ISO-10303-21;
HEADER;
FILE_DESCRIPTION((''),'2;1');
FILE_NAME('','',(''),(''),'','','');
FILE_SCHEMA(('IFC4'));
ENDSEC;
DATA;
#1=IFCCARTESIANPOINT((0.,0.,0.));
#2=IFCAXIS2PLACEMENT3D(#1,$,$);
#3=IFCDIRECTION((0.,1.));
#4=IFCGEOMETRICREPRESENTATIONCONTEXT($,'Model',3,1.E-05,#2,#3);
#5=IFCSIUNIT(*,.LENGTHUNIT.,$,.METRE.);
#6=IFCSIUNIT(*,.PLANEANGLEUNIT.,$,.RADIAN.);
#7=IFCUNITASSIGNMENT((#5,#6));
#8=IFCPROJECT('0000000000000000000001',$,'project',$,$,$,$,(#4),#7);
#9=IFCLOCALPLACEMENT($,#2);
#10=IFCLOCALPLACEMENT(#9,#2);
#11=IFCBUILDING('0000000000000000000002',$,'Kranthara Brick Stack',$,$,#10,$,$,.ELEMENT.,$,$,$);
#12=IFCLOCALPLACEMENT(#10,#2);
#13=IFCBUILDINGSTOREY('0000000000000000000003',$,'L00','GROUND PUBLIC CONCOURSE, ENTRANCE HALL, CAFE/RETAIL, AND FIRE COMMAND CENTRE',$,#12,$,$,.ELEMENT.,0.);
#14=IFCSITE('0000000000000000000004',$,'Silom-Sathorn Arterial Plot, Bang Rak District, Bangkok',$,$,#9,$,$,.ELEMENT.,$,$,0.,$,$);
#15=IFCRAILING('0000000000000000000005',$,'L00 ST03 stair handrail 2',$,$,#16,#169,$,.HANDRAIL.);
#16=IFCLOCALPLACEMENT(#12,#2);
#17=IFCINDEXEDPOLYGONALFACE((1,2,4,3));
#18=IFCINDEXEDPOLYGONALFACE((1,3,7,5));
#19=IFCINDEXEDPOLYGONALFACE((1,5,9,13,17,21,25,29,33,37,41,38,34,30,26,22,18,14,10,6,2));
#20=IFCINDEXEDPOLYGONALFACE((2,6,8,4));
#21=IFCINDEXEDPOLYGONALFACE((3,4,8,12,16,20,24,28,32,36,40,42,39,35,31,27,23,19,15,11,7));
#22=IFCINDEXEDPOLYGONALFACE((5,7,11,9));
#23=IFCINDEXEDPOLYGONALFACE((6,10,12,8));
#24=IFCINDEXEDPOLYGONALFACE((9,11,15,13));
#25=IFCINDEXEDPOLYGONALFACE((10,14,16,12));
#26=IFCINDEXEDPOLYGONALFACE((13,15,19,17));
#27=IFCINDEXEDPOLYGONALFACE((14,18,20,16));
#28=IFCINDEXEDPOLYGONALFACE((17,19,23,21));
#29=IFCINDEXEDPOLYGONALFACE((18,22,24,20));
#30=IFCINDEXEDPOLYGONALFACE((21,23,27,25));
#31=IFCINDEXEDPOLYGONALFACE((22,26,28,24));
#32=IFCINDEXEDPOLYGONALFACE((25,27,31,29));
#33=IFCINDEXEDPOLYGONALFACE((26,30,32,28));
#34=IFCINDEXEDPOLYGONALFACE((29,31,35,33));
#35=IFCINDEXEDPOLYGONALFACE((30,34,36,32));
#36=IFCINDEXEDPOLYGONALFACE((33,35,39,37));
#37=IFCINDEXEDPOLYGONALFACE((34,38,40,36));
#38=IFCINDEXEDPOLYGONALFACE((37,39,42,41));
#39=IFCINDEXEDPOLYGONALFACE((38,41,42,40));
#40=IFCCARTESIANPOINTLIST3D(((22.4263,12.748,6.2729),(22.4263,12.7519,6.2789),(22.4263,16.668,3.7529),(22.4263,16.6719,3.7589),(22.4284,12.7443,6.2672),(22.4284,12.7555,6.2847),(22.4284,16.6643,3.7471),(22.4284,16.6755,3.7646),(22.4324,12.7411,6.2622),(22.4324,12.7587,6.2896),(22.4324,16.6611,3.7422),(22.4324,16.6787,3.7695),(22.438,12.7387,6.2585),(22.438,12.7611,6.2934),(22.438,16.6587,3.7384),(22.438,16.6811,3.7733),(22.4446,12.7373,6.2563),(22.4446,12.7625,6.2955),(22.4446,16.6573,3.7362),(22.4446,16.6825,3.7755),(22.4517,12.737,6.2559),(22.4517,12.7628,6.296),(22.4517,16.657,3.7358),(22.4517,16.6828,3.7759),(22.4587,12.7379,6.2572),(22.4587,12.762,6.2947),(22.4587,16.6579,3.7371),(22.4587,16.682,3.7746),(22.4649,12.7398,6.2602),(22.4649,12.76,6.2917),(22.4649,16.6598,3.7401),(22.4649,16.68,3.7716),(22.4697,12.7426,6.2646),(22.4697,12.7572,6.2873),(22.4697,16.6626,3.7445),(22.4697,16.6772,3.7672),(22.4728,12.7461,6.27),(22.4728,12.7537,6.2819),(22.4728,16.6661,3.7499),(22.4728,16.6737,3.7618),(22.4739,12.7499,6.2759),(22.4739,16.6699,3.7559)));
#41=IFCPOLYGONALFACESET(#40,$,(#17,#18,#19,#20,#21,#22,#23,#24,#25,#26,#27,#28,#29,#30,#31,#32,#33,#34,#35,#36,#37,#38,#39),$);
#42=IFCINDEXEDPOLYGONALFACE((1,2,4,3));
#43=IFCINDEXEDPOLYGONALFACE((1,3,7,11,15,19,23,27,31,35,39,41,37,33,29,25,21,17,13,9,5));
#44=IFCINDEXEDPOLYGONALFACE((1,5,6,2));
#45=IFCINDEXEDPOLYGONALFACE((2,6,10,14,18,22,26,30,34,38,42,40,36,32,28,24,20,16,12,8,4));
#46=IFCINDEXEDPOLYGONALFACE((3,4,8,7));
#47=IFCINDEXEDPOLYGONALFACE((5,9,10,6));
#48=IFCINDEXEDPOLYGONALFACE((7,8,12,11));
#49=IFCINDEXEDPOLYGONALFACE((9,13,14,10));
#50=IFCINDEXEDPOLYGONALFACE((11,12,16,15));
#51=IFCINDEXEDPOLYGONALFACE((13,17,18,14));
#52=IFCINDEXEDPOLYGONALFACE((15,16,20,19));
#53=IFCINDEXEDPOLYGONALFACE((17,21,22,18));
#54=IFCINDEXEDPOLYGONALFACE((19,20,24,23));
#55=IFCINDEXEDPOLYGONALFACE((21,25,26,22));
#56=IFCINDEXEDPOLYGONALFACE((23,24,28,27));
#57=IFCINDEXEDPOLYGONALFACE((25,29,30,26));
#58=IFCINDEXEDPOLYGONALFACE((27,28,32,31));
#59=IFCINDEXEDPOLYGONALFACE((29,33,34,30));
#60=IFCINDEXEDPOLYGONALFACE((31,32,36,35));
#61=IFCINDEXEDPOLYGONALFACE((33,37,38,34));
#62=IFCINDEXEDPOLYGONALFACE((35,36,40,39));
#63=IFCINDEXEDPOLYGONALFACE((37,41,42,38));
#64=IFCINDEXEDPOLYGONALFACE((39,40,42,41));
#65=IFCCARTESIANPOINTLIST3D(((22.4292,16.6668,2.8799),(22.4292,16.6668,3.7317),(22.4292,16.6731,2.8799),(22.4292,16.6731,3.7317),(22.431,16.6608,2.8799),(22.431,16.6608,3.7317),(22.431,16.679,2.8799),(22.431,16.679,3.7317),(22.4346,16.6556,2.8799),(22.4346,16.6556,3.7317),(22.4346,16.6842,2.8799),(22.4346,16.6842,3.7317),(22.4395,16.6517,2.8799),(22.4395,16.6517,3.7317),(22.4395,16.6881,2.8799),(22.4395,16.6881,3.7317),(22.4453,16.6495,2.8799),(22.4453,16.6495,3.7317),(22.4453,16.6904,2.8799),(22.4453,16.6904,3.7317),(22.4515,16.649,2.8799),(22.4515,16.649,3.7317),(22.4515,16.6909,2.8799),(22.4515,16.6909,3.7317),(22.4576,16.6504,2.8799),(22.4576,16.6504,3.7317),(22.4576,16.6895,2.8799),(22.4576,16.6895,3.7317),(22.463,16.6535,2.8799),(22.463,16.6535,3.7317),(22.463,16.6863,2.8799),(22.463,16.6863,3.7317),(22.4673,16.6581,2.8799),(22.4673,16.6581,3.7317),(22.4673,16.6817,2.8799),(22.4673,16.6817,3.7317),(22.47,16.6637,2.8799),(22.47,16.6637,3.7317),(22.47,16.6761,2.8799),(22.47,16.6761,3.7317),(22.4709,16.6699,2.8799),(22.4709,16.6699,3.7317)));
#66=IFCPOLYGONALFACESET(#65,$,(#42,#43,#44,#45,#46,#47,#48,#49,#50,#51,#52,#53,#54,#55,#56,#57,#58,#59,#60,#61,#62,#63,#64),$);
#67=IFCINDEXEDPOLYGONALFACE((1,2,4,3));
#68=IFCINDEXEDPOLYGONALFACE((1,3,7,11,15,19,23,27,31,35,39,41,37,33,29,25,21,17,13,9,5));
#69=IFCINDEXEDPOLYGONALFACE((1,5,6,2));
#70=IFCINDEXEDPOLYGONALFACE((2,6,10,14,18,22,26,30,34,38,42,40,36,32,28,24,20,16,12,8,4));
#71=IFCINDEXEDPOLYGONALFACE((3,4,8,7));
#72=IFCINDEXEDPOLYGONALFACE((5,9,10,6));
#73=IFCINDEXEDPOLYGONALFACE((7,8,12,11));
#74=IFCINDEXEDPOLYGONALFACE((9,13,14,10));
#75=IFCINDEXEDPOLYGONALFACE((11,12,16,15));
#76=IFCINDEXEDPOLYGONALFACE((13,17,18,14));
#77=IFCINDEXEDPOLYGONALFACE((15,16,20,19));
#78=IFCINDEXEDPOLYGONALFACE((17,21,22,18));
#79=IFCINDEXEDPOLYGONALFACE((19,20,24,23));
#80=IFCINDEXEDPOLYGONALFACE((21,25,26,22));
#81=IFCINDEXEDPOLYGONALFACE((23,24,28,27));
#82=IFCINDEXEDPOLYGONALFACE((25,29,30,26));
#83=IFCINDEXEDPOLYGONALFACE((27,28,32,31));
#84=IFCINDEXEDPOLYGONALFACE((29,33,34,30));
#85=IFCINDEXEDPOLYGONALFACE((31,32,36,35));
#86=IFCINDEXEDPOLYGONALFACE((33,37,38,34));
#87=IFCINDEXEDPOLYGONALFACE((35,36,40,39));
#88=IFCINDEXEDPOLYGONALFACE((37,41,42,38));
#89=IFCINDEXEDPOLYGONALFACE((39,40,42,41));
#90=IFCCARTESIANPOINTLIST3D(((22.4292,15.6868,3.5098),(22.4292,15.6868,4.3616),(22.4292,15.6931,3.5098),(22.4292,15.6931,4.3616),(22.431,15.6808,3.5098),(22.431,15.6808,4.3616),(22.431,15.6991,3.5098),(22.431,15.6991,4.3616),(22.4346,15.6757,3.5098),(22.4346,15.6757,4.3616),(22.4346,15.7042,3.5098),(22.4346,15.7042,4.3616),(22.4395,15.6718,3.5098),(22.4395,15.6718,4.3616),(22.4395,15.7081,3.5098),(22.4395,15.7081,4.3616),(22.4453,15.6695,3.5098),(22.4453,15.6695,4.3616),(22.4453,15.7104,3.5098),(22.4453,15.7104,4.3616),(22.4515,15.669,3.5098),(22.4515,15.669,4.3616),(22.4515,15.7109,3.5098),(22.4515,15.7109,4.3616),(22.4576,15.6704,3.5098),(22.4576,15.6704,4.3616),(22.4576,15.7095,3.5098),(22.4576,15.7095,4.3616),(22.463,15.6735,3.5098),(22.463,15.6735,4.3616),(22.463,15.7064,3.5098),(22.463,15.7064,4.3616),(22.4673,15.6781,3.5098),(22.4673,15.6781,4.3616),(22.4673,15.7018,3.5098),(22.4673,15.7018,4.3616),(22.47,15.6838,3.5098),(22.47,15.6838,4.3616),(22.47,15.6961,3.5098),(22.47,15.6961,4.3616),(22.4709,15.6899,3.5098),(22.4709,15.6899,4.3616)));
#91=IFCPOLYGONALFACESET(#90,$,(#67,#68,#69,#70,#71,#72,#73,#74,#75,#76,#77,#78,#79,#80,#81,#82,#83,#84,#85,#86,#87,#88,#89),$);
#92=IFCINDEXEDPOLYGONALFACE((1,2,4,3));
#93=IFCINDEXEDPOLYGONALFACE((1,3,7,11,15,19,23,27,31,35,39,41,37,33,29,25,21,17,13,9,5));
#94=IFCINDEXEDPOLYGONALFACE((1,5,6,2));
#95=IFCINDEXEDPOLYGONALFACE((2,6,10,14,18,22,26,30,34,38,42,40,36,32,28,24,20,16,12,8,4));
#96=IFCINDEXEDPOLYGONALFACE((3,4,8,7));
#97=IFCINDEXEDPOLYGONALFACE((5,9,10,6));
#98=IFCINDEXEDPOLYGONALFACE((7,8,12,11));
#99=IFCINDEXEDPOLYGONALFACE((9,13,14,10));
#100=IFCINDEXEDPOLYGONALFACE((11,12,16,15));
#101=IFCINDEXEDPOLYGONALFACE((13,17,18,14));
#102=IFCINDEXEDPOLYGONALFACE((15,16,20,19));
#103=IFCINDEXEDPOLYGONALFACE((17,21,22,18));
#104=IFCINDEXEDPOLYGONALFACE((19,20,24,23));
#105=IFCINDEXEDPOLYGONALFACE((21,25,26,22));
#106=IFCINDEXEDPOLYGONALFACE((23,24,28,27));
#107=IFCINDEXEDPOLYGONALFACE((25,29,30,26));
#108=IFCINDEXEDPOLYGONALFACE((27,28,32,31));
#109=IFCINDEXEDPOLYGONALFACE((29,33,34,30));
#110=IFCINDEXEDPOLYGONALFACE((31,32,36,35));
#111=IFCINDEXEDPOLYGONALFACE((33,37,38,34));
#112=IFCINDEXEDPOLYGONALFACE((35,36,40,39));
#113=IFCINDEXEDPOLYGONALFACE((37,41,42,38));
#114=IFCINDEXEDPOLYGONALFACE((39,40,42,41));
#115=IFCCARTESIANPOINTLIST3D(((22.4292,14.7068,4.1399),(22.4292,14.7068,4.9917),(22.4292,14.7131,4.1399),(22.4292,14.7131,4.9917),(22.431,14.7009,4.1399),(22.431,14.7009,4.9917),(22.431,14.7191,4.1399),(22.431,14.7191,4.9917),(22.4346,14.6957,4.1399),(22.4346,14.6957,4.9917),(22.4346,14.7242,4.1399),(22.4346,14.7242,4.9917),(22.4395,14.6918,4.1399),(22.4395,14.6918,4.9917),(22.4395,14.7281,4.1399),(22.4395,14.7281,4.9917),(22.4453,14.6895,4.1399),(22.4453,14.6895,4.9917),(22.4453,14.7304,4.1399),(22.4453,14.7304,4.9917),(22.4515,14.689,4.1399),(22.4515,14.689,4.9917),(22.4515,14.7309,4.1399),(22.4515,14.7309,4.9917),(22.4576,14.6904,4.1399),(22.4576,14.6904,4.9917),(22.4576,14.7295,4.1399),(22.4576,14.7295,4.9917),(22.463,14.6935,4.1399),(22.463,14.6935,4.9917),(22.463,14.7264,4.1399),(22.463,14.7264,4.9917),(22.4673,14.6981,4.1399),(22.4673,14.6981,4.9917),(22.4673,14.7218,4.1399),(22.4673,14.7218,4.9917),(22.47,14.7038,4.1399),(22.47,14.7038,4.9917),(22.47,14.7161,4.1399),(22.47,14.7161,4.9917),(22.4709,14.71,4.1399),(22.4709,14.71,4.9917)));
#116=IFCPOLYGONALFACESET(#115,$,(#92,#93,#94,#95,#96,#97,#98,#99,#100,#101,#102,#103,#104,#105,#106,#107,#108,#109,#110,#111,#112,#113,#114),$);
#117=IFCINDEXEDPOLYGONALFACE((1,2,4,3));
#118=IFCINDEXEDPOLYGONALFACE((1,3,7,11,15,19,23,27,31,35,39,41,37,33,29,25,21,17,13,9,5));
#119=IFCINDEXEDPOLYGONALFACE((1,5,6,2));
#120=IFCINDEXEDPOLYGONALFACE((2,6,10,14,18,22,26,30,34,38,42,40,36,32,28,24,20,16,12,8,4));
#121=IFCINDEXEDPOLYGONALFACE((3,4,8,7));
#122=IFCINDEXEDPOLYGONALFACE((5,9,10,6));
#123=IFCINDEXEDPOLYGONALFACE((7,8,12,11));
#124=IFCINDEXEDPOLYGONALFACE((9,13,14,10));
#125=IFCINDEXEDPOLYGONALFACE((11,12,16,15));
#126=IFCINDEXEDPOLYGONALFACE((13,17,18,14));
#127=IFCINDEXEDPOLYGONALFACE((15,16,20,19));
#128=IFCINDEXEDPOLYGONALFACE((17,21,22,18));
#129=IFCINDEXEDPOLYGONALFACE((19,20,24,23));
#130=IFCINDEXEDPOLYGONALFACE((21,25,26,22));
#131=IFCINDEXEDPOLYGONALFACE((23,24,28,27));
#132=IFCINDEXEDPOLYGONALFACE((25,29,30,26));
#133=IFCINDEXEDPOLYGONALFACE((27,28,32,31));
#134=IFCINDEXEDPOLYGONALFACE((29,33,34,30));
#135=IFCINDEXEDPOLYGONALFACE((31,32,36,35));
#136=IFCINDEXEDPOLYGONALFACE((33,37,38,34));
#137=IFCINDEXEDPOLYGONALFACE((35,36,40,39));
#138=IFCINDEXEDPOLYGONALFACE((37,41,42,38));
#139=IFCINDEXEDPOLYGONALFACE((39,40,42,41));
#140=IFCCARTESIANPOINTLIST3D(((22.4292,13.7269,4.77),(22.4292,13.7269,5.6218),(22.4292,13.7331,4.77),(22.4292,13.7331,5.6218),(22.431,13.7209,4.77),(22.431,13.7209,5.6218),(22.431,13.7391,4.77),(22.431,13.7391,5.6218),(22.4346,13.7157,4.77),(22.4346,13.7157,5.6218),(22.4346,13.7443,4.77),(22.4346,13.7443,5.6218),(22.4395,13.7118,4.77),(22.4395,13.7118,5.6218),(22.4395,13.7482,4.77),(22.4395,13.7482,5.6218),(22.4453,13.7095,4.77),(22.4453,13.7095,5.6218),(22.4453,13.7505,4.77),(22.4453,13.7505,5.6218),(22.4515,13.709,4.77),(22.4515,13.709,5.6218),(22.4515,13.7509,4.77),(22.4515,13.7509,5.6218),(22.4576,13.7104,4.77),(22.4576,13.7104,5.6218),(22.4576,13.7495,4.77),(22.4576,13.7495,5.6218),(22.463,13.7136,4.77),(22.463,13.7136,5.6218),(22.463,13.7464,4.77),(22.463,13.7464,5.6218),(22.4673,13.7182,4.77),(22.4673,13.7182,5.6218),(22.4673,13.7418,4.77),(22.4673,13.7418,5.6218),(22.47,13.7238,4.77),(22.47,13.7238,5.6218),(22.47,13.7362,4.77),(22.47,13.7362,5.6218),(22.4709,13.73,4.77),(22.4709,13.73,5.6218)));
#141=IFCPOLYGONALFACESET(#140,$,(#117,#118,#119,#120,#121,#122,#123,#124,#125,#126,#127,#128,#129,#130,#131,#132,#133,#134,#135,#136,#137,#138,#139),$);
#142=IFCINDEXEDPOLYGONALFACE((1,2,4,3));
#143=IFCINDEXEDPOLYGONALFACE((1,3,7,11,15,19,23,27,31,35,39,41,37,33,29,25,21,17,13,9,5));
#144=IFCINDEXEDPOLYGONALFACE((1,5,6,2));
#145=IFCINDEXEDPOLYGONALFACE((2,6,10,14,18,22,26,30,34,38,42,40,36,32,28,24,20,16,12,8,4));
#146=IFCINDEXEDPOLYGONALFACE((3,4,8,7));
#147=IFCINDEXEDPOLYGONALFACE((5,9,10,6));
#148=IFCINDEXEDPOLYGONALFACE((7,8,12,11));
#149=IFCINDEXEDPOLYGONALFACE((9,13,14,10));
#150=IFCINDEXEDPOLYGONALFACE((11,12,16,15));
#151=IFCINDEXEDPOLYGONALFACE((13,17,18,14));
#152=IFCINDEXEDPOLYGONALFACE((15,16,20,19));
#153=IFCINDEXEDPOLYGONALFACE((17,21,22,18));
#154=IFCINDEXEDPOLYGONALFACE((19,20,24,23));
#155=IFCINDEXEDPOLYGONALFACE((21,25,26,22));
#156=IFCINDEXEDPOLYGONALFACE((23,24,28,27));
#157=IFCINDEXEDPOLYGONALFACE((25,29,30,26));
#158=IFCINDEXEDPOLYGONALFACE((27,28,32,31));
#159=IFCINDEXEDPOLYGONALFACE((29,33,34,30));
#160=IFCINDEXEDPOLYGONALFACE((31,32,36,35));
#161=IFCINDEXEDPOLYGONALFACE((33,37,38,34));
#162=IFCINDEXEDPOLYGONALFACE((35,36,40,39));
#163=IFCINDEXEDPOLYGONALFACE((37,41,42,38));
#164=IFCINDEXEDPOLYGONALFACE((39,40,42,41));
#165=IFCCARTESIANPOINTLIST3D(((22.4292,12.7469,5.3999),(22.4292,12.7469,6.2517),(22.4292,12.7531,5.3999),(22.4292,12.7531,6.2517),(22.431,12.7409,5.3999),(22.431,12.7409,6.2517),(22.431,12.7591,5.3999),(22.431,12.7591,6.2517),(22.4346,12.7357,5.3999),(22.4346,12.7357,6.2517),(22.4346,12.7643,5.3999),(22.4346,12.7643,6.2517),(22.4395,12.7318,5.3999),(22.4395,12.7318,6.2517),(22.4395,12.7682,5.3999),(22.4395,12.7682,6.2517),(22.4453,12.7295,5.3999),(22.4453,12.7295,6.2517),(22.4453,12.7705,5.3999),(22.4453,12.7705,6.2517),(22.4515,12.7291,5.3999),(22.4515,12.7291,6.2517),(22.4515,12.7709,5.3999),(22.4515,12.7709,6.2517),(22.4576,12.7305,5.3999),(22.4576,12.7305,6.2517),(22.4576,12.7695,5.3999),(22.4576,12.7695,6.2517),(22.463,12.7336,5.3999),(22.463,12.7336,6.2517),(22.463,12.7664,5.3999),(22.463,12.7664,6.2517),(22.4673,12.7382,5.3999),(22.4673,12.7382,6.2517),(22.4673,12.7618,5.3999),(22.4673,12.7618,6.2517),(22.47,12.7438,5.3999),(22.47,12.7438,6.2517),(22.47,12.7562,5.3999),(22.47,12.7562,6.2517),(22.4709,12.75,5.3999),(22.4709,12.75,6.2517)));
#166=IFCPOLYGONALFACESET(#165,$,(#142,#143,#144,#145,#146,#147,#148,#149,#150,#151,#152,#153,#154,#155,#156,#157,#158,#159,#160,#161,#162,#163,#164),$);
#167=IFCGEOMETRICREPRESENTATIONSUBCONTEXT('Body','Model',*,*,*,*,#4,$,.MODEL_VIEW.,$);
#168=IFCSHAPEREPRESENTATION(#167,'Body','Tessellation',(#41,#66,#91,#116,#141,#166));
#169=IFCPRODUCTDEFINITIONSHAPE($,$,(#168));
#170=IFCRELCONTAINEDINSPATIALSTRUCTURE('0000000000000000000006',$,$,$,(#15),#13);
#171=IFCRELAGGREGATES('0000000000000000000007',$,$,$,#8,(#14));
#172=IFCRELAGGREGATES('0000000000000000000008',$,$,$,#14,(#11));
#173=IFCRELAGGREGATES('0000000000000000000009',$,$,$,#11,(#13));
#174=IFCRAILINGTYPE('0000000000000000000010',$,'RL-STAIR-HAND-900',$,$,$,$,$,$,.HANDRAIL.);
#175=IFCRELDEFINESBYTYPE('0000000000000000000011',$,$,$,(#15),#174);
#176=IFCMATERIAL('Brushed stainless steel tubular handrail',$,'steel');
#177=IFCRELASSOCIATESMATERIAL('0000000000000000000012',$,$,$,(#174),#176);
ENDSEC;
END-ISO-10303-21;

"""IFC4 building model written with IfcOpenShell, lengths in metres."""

from ifc_helpers import new_model, si_unit, direction, frame, origin, origin_2d, place, context, subcontext, project, spatial, circle, extrude, material, type_object, element, save


model = new_model("IFC4")

# Units and contexts
model_context = context("Model", 3, precision=1e-05, world=origin(), true_north=direction((0.0, 1.0)))
body_context = subcontext(model_context, "Body", "Model", "MODEL_VIEW")
ifc_project = project(units=[si_unit("LENGTHUNIT", "METRE"), si_unit("PLANEANGLEUNIT", "RADIAN")], contexts=[model_context])

# Site, building, storey
site_placement = place(None, origin())
site = spatial("IfcSite", under=ifc_project, at=site_placement, Name="Silom-Sathorn Arterial Plot, Bang Rak District, Bangkok", CompositionType="ELEMENT", RefElevation=0.0)
building_placement = place(site_placement, origin())
building = spatial("IfcBuilding", under=site, at=building_placement, Name="Kranthara Brick Stack", CompositionType="ELEMENT")
storey_placement = place(building_placement, origin())
storey = spatial("IfcBuildingStorey", under=building, at=storey_placement, Name="L00", Description="GROUND PUBLIC CONCOURSE, ENTRANCE HALL, CAFE/RETAIL, AND FIRE COMMAND CENTRE", CompositionType="ELEMENT", Elevation=0.0)

# Railing
ifc_material_1 = material(Name="Brushed stainless steel tubular handrail", Category="steel")
railing_type_1 = type_object("IfcRailingType", Name="RL-STAIR-HAND-900", PredefinedType="HANDRAIL", material=ifc_material_1)
railing_1_placement = place(storey_placement, frame((22.45, 16.6699, 2.8799)))
element("IfcRailing", 1, at=railing_1_placement, inside=storey, type_object=railing_type_1, Name="L00 ST03 stair handrail 2", PredefinedType="HANDRAIL", context=body_context, shape_type="SweptSolid", body=[
    extrude(circle(Radius=0.0239, at=origin_2d()), frame((0.0, 0.0, 0.876), z_axis=(0.0, -0.841172, 0.540768), x_axis=(1.0, 0.0, 0.0)), (0.0, 0.0, 1.0), 4.6602),
    extrude(circle(Radius=0.021, at=origin_2d()), origin(), (0.0, 0.0, 1.0), 0.8518),
    extrude(circle(Radius=0.021, at=origin_2d()), frame((0.0, -0.98, 0.6299)), (0.0, 0.0, 1.0), 0.8518),
    extrude(circle(Radius=0.021, at=origin_2d()), frame((0.0, -1.96, 1.26)), (0.0, 0.0, 1.0), 0.8518),
    extrude(circle(Radius=0.021, at=origin_2d()), frame((0.0, -2.9399, 1.8901)), (0.0, 0.0, 1.0), 0.8518),
    extrude(circle(Radius=0.021, at=origin_2d()), frame((0.0, -3.9199, 2.52)), (0.0, 0.0, 1.0), 0.8518),
])

save(model, "model.ifc")
